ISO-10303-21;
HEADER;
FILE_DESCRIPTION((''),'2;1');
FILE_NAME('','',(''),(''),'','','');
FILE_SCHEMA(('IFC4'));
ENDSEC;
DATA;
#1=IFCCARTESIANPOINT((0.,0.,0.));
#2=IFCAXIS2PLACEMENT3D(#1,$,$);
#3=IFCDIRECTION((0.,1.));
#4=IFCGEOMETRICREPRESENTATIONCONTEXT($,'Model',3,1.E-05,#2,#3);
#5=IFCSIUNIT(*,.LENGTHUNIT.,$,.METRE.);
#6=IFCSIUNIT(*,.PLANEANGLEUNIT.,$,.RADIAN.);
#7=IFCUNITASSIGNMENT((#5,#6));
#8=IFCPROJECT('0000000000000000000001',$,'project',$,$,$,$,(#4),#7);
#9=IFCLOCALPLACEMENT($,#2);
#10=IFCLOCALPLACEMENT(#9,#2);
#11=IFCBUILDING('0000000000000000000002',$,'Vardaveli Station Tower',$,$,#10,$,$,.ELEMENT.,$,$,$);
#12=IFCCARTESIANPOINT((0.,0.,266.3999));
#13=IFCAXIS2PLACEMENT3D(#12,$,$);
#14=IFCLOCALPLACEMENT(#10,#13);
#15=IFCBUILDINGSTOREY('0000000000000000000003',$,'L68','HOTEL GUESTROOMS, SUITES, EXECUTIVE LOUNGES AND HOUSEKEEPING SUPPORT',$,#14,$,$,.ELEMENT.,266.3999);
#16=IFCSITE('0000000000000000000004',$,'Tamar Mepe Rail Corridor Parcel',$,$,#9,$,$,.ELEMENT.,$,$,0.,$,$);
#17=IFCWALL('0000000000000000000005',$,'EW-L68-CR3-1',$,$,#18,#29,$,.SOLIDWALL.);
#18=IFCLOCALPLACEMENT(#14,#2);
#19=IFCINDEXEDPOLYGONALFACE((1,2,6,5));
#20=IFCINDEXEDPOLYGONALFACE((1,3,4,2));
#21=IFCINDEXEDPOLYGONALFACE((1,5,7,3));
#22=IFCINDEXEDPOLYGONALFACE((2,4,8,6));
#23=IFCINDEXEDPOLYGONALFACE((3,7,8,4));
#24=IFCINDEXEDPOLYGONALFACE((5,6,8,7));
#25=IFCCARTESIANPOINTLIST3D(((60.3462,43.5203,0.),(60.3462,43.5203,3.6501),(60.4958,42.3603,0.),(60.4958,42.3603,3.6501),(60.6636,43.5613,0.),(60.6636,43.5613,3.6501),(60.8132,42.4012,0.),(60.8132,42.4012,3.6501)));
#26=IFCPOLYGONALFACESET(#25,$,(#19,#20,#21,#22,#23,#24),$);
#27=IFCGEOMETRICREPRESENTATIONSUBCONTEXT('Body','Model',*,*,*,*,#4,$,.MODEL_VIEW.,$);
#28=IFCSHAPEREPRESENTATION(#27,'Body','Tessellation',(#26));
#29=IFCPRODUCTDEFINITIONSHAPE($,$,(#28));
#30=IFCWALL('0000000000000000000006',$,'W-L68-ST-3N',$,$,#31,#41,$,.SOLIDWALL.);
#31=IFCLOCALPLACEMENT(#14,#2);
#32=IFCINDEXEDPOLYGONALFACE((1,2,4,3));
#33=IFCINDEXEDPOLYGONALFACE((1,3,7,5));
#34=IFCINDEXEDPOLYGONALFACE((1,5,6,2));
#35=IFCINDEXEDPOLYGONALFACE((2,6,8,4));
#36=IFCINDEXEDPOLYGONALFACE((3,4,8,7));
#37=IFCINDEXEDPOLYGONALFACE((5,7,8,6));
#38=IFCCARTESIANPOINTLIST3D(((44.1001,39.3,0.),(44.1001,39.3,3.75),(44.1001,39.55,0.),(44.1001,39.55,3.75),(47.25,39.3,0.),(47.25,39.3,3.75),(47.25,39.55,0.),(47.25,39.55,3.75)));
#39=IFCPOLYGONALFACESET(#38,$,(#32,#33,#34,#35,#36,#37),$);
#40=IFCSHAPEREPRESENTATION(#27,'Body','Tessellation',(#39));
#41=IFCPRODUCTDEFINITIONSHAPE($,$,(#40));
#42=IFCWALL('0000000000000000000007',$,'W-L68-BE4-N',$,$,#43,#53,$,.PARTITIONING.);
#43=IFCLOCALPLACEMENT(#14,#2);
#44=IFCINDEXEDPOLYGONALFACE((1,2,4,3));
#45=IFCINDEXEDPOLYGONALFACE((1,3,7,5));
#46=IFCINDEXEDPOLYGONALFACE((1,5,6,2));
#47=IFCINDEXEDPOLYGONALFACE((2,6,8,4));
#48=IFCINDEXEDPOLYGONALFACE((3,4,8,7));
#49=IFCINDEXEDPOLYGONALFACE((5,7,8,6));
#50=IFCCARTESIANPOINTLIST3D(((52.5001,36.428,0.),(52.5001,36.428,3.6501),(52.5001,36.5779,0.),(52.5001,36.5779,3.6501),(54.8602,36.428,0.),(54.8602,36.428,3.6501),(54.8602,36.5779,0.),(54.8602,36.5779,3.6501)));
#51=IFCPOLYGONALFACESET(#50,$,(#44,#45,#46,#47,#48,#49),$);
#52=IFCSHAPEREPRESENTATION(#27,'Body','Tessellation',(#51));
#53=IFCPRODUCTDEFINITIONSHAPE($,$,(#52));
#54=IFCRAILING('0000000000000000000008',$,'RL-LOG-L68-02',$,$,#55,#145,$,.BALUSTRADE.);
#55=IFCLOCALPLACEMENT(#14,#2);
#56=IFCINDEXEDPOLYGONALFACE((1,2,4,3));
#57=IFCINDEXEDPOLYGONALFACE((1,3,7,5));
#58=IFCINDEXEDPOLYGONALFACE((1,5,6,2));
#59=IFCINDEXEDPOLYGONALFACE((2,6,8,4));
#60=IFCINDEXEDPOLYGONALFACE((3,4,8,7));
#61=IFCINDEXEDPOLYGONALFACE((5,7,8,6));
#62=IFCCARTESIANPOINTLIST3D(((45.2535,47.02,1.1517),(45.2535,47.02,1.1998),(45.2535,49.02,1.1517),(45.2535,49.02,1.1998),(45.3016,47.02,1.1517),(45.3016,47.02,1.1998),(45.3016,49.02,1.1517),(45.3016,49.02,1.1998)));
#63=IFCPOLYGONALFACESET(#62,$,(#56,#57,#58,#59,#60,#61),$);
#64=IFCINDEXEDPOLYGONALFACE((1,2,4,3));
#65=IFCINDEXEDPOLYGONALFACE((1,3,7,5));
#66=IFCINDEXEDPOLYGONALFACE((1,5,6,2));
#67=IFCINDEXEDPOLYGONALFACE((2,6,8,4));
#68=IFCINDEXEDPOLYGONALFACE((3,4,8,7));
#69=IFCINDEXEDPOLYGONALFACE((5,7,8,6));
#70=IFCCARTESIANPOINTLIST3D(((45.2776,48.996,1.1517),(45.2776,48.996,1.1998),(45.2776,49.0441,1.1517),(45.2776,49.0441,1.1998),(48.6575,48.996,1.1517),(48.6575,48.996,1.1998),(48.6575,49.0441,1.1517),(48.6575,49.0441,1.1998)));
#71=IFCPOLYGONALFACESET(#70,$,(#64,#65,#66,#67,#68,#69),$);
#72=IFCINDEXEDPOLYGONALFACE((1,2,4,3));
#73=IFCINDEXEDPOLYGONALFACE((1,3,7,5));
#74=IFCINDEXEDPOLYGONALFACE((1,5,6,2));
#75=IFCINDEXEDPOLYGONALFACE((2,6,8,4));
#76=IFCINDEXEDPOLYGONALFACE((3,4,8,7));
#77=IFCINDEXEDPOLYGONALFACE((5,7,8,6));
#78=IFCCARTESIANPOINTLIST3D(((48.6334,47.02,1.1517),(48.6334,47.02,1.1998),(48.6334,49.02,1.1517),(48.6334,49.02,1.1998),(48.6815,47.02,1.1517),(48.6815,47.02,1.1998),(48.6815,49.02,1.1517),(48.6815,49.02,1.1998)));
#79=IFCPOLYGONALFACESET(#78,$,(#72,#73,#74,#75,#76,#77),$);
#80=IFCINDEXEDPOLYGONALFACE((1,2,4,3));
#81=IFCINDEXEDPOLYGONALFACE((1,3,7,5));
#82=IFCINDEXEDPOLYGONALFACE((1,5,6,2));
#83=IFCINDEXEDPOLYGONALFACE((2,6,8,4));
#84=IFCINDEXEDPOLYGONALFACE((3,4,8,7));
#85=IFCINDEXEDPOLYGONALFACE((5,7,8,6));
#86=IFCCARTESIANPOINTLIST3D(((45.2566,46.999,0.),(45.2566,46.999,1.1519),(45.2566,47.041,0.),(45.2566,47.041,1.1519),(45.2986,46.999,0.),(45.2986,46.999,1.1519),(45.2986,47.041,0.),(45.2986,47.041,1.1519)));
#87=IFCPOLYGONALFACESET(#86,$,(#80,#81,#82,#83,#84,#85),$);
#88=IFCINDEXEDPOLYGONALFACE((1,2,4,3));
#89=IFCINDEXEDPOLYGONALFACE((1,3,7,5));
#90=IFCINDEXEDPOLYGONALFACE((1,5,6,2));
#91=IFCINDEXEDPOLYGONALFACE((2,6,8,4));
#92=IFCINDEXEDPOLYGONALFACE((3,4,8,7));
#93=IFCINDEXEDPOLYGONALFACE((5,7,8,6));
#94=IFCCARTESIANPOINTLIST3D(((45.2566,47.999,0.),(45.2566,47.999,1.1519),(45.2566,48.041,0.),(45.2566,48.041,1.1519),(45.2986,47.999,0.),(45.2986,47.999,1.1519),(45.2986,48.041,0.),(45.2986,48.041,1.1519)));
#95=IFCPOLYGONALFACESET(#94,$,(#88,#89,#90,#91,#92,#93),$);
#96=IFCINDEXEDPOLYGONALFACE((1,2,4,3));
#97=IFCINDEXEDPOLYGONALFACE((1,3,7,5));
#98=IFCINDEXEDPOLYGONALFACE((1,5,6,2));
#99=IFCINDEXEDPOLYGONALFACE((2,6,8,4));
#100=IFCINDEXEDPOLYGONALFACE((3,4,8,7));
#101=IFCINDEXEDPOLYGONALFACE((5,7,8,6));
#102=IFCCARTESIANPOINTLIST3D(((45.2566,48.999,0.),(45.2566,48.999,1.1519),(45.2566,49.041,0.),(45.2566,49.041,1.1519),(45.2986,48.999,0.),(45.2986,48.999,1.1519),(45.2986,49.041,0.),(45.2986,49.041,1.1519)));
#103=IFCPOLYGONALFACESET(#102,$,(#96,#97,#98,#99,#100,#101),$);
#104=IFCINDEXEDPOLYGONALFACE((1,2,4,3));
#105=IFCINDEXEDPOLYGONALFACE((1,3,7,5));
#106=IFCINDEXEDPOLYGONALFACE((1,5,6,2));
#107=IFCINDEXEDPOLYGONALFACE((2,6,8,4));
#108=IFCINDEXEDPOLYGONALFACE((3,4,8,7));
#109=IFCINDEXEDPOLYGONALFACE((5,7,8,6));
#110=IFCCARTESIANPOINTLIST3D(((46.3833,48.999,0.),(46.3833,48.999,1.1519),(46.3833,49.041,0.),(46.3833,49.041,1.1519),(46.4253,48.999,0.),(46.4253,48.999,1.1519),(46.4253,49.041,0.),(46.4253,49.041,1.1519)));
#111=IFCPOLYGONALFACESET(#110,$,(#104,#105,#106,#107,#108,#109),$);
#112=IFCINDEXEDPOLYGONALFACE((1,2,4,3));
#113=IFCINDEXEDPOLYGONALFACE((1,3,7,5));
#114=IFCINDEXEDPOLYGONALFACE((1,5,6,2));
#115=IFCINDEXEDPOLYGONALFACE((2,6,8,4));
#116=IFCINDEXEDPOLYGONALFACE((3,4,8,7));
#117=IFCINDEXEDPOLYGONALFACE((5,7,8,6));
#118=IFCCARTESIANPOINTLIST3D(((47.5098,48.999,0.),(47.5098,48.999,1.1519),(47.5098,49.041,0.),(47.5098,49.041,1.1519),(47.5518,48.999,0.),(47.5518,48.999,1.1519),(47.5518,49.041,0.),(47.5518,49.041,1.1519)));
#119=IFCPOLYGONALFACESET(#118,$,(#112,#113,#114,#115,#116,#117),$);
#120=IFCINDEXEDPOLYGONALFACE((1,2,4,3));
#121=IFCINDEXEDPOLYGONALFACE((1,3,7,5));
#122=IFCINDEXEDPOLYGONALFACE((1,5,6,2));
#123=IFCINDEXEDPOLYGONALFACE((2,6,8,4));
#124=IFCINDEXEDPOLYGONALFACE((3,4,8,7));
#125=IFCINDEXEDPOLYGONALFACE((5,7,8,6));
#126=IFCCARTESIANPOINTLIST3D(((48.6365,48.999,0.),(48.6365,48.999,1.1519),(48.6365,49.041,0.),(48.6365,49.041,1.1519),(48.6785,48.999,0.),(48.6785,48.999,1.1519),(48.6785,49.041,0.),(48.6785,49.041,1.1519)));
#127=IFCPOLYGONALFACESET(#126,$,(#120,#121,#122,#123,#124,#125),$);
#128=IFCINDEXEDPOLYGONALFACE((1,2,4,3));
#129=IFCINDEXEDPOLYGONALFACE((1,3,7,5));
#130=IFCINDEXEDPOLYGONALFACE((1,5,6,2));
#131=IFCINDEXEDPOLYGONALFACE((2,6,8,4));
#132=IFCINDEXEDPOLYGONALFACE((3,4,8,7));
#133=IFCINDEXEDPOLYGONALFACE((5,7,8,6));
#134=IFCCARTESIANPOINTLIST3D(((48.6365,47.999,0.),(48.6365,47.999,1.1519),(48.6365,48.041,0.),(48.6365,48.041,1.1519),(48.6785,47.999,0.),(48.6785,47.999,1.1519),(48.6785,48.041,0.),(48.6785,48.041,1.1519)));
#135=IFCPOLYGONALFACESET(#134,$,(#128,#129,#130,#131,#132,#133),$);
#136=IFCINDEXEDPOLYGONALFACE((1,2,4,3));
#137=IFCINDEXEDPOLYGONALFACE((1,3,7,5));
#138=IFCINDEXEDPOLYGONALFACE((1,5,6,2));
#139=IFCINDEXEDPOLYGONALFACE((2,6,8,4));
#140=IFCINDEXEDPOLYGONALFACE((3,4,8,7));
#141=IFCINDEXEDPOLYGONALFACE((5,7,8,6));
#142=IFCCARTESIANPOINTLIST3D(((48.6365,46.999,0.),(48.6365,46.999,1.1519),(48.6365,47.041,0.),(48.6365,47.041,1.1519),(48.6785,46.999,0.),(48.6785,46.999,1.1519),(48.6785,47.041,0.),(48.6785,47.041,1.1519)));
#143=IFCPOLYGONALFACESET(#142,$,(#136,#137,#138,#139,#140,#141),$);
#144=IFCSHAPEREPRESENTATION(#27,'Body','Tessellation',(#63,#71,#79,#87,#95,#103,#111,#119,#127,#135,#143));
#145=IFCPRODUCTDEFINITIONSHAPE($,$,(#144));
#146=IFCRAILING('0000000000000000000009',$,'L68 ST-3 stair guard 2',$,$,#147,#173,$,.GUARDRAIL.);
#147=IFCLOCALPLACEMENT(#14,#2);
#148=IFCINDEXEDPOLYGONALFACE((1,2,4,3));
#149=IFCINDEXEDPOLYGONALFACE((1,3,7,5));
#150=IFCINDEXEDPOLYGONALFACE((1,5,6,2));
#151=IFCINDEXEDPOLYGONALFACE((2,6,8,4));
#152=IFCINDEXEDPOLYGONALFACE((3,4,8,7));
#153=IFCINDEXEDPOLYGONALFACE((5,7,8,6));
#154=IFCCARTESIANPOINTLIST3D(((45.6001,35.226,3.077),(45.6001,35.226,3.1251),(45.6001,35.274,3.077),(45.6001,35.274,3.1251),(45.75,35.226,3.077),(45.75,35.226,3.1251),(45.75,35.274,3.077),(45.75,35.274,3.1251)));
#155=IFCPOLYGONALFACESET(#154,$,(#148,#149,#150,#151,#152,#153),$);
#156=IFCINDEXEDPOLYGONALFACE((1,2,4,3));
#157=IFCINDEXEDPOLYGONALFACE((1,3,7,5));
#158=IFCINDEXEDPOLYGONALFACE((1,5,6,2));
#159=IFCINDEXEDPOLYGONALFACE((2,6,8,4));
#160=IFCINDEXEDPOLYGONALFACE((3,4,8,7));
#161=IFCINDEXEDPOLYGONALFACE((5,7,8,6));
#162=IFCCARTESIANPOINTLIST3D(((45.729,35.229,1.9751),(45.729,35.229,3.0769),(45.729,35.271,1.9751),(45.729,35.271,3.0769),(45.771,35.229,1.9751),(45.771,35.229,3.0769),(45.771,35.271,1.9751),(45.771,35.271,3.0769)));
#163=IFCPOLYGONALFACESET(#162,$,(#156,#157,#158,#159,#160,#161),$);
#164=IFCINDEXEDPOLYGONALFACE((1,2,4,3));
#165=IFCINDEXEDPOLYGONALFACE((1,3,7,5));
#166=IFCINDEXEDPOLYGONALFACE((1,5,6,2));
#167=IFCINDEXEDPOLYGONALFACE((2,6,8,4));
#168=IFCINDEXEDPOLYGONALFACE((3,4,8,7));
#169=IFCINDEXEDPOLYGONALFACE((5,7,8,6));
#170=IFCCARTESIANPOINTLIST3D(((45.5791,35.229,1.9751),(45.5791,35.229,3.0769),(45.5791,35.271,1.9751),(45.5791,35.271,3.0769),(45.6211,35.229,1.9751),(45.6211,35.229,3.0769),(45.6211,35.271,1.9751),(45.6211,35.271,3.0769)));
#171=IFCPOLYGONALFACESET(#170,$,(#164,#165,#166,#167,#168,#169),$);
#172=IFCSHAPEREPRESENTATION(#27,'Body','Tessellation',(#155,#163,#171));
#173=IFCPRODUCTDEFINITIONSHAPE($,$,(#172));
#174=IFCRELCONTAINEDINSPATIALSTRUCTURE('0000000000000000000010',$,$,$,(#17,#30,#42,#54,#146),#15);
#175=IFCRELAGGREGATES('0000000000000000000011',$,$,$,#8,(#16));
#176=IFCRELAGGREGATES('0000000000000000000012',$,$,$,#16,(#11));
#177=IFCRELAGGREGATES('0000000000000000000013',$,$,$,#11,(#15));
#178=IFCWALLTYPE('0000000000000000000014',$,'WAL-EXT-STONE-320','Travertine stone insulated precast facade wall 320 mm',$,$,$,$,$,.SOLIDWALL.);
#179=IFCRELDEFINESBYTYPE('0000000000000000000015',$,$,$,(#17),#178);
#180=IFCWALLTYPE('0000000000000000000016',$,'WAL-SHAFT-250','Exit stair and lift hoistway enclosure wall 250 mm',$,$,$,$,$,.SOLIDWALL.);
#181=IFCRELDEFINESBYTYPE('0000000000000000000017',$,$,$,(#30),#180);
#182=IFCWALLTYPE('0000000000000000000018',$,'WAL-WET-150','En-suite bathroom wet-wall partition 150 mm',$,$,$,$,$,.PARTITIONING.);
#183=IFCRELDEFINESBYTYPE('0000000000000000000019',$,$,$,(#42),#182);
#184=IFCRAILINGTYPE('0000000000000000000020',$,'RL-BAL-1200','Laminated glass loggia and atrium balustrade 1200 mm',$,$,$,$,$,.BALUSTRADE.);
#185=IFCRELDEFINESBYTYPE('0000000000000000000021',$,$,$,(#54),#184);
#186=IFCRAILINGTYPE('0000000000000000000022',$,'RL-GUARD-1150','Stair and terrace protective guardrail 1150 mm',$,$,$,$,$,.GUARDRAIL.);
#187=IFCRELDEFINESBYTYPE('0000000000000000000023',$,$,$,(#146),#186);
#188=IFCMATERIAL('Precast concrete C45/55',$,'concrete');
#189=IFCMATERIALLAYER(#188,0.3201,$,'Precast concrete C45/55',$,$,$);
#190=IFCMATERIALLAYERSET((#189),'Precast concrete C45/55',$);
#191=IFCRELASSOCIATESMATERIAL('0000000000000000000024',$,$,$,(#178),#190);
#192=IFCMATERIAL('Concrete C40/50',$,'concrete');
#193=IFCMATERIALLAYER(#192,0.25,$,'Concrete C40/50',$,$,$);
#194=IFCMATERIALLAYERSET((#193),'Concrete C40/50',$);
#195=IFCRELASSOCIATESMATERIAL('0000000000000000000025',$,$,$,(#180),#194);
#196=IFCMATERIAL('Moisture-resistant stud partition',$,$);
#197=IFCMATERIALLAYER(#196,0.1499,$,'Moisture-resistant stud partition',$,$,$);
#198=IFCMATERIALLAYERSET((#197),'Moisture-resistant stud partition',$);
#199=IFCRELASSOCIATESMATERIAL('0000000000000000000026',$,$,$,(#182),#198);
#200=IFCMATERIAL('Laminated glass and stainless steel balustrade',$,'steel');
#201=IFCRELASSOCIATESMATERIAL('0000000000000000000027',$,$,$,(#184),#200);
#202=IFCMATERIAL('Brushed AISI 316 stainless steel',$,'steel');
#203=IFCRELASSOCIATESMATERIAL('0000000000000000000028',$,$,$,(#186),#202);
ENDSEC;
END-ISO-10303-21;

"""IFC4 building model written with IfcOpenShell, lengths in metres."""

from ifc_helpers import new_model, si_unit, direction, frame, frame_2d, origin, origin_2d, place, context, subcontext, project, spatial, rectangle, extrude, source, transform, mapped, material, layer, layer_set, type_object, element, save


model = new_model("IFC4")

# Units and contexts
model_context = context("Model", 3, precision=1e-05, world=origin(), true_north=direction((0.0, 1.0)))
body_context = subcontext(model_context, "Body", "Model", "MODEL_VIEW")
ifc_project = project(units=[si_unit("LENGTHUNIT", "METRE"), si_unit("PLANEANGLEUNIT", "RADIAN")], contexts=[model_context])

# Site, building, storey
site_placement = place(None, origin())
site = spatial("IfcSite", under=ifc_project, at=site_placement, Name="Tamar Mepe Rail Corridor Parcel", CompositionType="ELEMENT", RefElevation=0.0)
building_placement = place(site_placement, origin())
building = spatial("IfcBuilding", under=site, at=building_placement, Name="Vardaveli Station Tower", CompositionType="ELEMENT")
storey_placement = place(building_placement, frame((0.0, 0.0, 266.3999)))
storey = spatial("IfcBuildingStorey", under=building, at=storey_placement, Name="L68", Description="HOTEL GUESTROOMS, SUITES, EXECUTIVE LOUNGES AND HOUSEKEEPING SUPPORT", CompositionType="ELEMENT", Elevation=266.3999)

# Shared definitions
ifc_material_1 = material(Name="Precast concrete C45/55", Category="concrete")

# Shared definitions
ifc_layer_1 = layer(ifc_material_1, 0.3201, Name="Precast concrete C45/55")
ifc_layer_set_1 = layer_set([ifc_layer_1], Name="Precast concrete C45/55")
wall_type_1 = type_object("IfcWallType", Name="WAL-EXT-STONE-320", Description="Travertine stone insulated precast facade wall 320 mm", PredefinedType="SOLIDWALL", material=ifc_layer_set_1)

# Walls
shared_shape_1 = source(origin(), body_context, "Body", "SweptSolid", [
    extrude(rectangle(XDim=1.1697, YDim=0.3201, at=frame_2d((0.585, 0.0))), origin(), (0.0, 0.0, 1.0), 3.6501),
])
wall_1_placement = place(storey_placement, frame((60.6545, 42.3806, 0.0), z_axis=(0.0, 0.0, 1.0), x_axis=(-0.127938, 0.991782, 0.0)))
element("IfcWall", 1, at=wall_1_placement, inside=storey, type_object=wall_type_1, Name="EW-L68-CR3-1", PredefinedType="SOLIDWALL", context=body_context, shape_type="MappedRepresentation", body=[
    mapped(shared_shape_1, transform((0.0, 0.0, 0.0), scale=1.0)),
])
ifc_material_2 = material(Name="Concrete C40/50", Category="concrete")
ifc_layer_2 = layer(ifc_material_2, 0.25, Name="Concrete C40/50")
ifc_layer_set_2 = layer_set([ifc_layer_2], Name="Concrete C40/50")
wall_type_2 = type_object("IfcWallType", Name="WAL-SHAFT-250", Description="Exit stair and lift hoistway enclosure wall 250 mm", PredefinedType="SOLIDWALL", material=ifc_layer_set_2)
shared_shape_2 = source(origin(), body_context, "Body", "SweptSolid", [
    extrude(rectangle(XDim=3.1499, YDim=0.25, at=frame_2d((1.575, 0.0))), origin(), (0.0, 0.0, 1.0), 3.75),
])
wall_2_placement = place(storey_placement, frame((44.1001, 39.425, 0.0), z_axis=(0.0, 0.0, 1.0), x_axis=(1.0, 0.0, 0.0)))
element("IfcWall", 2, at=wall_2_placement, inside=storey, type_object=wall_type_2, Name="W-L68-ST-3N", PredefinedType="SOLIDWALL", context=body_context, shape_type="MappedRepresentation", body=[
    mapped(shared_shape_2, transform((0.0, 0.0, 0.0), scale=1.0)),
])
ifc_material_3 = material(Name="Moisture-resistant stud partition")
ifc_layer_3 = layer(ifc_material_3, 0.1499, Name="Moisture-resistant stud partition")
ifc_layer_set_3 = layer_set([ifc_layer_3], Name="Moisture-resistant stud partition")
wall_type_3 = type_object("IfcWallType", Name="WAL-WET-150", Description="En-suite bathroom wet-wall partition 150 mm", PredefinedType="PARTITIONING", material=ifc_layer_set_3)
shared_shape_3 = source(origin(), body_context, "Body", "SweptSolid", [
    extrude(rectangle(XDim=2.3601, YDim=0.1499, at=frame_2d((1.1802, 0.0))), origin(), (0.0, 0.0, 1.0), 3.6501),
])
wall_3_placement = place(storey_placement, frame((52.5, 36.5029, 0.0), z_axis=(0.0, 0.0, 1.0), x_axis=(1.0, 0.0, 0.0)))
element("IfcWall", 3, at=wall_3_placement, inside=storey, type_object=wall_type_3, Name="W-L68-BE4-N", PredefinedType="PARTITIONING", context=body_context, shape_type="MappedRepresentation", body=[
    mapped(shared_shape_3, transform((0.0, 0.0, 0.0), scale=1.0)),
])

# Railings
ifc_material_4 = material(Name="Laminated glass and stainless steel balustrade", Category="steel")
railing_type_1 = type_object("IfcRailingType", Name="RL-BAL-1200", Description="Laminated glass loggia and atrium balustrade 1200 mm", PredefinedType="BALUSTRADE", material=ifc_material_4)
shared_shape_4 = source(origin(), body_context, "Body", "SweptSolid", [
    extrude(rectangle(XDim=0.0481, YDim=0.0481, at=origin_2d()), frame((0.0, 0.0, 1.1758), z_axis=(0.0, 1.0, 0.0), x_axis=(-1.0, 0.0, 0.0)), (0.0, 0.0, 1.0), 2.0),
    extrude(rectangle(XDim=0.0481, YDim=0.0481, at=origin_2d()), frame((0.0, 2.0, 1.1758), z_axis=(1.0, 0.0, 0.0), x_axis=(0.0, 1.0, 0.0)), (0.0, 0.0, 1.0), 3.3799),
    extrude(rectangle(XDim=0.0481, YDim=0.0481, at=origin_2d()), frame((3.3799, 2.0, 1.1758), z_axis=(0.0, -1.0, 0.0), x_axis=(1.0, 0.0, 0.0)), (0.0, 0.0, 1.0), 2.0),
    extrude(rectangle(XDim=0.042, YDim=0.042, at=origin_2d()), origin(), (0.0, 0.0, 1.0), 1.1519),
    extrude(rectangle(XDim=0.042, YDim=0.042, at=origin_2d()), frame((0.0, 1.0, 0.0)), (0.0, 0.0, 1.0), 1.1519),
    extrude(rectangle(XDim=0.042, YDim=0.042, at=origin_2d()), frame((0.0, 2.0, 0.0)), (0.0, 0.0, 1.0), 1.1519),
    extrude(rectangle(XDim=0.042, YDim=0.042, at=origin_2d()), frame((1.1267, 2.0, 0.0)), (0.0, 0.0, 1.0), 1.1519),
    extrude(rectangle(XDim=0.042, YDim=0.042, at=origin_2d()), frame((2.2532, 2.0, 0.0)), (0.0, 0.0, 1.0), 1.1519),
    extrude(rectangle(XDim=0.042, YDim=0.042, at=origin_2d()), frame((3.3799, 2.0, 0.0)), (0.0, 0.0, 1.0), 1.1519),
    extrude(rectangle(XDim=0.042, YDim=0.042, at=origin_2d()), frame((3.3799, 1.0, 0.0)), (0.0, 0.0, 1.0), 1.1519),
    extrude(rectangle(XDim=0.042, YDim=0.042, at=origin_2d()), frame((3.3799, 0.0, 0.0)), (0.0, 0.0, 1.0), 1.1519),
])
railing_1_placement = place(storey_placement, frame((45.2776, 47.02, 0.0)))
element("IfcRailing", 4, at=railing_1_placement, inside=storey, type_object=railing_type_1, Name="RL-LOG-L68-02", PredefinedType="BALUSTRADE", context=body_context, shape_type="MappedRepresentation", body=[
    mapped(shared_shape_4, transform((0.0, 0.0, 0.0), scale=1.0)),
])
ifc_material_5 = material(Name="Brushed AISI 316 stainless steel", Category="steel")
railing_type_2 = type_object("IfcRailingType", Name="RL-GUARD-1150", Description="Stair and terrace protective guardrail 1150 mm", PredefinedType="GUARDRAIL", material=ifc_material_5)
shared_shape_5 = source(origin(), body_context, "Body", "SweptSolid", [
    extrude(rectangle(XDim=0.0481, YDim=0.0481, at=origin_2d()), frame((0.0, 0.0, 1.126), z_axis=(-1.0, 0.0, 0.0), x_axis=(0.0, -1.0, 0.0)), (0.0, 0.0, 1.0), 0.1499),
    extrude(rectangle(XDim=0.042, YDim=0.042, at=origin_2d()), origin(), (0.0, 0.0, 1.0), 1.1018),
    extrude(rectangle(XDim=0.042, YDim=0.042, at=origin_2d()), frame((-0.1499, 0.0, 0.0)), (0.0, 0.0, 1.0), 1.1018),
])
railing_2_placement = place(storey_placement, frame((45.75, 35.25, 1.9751)))
element("IfcRailing", 5, at=railing_2_placement, inside=storey, type_object=railing_type_2, Name="L68 ST-3 stair guard 2", PredefinedType="GUARDRAIL", context=body_context, shape_type="MappedRepresentation", body=[
    mapped(shared_shape_5, transform((0.0, 0.0, 0.0), scale=1.0)),
])

save(model, "model.ifc")
